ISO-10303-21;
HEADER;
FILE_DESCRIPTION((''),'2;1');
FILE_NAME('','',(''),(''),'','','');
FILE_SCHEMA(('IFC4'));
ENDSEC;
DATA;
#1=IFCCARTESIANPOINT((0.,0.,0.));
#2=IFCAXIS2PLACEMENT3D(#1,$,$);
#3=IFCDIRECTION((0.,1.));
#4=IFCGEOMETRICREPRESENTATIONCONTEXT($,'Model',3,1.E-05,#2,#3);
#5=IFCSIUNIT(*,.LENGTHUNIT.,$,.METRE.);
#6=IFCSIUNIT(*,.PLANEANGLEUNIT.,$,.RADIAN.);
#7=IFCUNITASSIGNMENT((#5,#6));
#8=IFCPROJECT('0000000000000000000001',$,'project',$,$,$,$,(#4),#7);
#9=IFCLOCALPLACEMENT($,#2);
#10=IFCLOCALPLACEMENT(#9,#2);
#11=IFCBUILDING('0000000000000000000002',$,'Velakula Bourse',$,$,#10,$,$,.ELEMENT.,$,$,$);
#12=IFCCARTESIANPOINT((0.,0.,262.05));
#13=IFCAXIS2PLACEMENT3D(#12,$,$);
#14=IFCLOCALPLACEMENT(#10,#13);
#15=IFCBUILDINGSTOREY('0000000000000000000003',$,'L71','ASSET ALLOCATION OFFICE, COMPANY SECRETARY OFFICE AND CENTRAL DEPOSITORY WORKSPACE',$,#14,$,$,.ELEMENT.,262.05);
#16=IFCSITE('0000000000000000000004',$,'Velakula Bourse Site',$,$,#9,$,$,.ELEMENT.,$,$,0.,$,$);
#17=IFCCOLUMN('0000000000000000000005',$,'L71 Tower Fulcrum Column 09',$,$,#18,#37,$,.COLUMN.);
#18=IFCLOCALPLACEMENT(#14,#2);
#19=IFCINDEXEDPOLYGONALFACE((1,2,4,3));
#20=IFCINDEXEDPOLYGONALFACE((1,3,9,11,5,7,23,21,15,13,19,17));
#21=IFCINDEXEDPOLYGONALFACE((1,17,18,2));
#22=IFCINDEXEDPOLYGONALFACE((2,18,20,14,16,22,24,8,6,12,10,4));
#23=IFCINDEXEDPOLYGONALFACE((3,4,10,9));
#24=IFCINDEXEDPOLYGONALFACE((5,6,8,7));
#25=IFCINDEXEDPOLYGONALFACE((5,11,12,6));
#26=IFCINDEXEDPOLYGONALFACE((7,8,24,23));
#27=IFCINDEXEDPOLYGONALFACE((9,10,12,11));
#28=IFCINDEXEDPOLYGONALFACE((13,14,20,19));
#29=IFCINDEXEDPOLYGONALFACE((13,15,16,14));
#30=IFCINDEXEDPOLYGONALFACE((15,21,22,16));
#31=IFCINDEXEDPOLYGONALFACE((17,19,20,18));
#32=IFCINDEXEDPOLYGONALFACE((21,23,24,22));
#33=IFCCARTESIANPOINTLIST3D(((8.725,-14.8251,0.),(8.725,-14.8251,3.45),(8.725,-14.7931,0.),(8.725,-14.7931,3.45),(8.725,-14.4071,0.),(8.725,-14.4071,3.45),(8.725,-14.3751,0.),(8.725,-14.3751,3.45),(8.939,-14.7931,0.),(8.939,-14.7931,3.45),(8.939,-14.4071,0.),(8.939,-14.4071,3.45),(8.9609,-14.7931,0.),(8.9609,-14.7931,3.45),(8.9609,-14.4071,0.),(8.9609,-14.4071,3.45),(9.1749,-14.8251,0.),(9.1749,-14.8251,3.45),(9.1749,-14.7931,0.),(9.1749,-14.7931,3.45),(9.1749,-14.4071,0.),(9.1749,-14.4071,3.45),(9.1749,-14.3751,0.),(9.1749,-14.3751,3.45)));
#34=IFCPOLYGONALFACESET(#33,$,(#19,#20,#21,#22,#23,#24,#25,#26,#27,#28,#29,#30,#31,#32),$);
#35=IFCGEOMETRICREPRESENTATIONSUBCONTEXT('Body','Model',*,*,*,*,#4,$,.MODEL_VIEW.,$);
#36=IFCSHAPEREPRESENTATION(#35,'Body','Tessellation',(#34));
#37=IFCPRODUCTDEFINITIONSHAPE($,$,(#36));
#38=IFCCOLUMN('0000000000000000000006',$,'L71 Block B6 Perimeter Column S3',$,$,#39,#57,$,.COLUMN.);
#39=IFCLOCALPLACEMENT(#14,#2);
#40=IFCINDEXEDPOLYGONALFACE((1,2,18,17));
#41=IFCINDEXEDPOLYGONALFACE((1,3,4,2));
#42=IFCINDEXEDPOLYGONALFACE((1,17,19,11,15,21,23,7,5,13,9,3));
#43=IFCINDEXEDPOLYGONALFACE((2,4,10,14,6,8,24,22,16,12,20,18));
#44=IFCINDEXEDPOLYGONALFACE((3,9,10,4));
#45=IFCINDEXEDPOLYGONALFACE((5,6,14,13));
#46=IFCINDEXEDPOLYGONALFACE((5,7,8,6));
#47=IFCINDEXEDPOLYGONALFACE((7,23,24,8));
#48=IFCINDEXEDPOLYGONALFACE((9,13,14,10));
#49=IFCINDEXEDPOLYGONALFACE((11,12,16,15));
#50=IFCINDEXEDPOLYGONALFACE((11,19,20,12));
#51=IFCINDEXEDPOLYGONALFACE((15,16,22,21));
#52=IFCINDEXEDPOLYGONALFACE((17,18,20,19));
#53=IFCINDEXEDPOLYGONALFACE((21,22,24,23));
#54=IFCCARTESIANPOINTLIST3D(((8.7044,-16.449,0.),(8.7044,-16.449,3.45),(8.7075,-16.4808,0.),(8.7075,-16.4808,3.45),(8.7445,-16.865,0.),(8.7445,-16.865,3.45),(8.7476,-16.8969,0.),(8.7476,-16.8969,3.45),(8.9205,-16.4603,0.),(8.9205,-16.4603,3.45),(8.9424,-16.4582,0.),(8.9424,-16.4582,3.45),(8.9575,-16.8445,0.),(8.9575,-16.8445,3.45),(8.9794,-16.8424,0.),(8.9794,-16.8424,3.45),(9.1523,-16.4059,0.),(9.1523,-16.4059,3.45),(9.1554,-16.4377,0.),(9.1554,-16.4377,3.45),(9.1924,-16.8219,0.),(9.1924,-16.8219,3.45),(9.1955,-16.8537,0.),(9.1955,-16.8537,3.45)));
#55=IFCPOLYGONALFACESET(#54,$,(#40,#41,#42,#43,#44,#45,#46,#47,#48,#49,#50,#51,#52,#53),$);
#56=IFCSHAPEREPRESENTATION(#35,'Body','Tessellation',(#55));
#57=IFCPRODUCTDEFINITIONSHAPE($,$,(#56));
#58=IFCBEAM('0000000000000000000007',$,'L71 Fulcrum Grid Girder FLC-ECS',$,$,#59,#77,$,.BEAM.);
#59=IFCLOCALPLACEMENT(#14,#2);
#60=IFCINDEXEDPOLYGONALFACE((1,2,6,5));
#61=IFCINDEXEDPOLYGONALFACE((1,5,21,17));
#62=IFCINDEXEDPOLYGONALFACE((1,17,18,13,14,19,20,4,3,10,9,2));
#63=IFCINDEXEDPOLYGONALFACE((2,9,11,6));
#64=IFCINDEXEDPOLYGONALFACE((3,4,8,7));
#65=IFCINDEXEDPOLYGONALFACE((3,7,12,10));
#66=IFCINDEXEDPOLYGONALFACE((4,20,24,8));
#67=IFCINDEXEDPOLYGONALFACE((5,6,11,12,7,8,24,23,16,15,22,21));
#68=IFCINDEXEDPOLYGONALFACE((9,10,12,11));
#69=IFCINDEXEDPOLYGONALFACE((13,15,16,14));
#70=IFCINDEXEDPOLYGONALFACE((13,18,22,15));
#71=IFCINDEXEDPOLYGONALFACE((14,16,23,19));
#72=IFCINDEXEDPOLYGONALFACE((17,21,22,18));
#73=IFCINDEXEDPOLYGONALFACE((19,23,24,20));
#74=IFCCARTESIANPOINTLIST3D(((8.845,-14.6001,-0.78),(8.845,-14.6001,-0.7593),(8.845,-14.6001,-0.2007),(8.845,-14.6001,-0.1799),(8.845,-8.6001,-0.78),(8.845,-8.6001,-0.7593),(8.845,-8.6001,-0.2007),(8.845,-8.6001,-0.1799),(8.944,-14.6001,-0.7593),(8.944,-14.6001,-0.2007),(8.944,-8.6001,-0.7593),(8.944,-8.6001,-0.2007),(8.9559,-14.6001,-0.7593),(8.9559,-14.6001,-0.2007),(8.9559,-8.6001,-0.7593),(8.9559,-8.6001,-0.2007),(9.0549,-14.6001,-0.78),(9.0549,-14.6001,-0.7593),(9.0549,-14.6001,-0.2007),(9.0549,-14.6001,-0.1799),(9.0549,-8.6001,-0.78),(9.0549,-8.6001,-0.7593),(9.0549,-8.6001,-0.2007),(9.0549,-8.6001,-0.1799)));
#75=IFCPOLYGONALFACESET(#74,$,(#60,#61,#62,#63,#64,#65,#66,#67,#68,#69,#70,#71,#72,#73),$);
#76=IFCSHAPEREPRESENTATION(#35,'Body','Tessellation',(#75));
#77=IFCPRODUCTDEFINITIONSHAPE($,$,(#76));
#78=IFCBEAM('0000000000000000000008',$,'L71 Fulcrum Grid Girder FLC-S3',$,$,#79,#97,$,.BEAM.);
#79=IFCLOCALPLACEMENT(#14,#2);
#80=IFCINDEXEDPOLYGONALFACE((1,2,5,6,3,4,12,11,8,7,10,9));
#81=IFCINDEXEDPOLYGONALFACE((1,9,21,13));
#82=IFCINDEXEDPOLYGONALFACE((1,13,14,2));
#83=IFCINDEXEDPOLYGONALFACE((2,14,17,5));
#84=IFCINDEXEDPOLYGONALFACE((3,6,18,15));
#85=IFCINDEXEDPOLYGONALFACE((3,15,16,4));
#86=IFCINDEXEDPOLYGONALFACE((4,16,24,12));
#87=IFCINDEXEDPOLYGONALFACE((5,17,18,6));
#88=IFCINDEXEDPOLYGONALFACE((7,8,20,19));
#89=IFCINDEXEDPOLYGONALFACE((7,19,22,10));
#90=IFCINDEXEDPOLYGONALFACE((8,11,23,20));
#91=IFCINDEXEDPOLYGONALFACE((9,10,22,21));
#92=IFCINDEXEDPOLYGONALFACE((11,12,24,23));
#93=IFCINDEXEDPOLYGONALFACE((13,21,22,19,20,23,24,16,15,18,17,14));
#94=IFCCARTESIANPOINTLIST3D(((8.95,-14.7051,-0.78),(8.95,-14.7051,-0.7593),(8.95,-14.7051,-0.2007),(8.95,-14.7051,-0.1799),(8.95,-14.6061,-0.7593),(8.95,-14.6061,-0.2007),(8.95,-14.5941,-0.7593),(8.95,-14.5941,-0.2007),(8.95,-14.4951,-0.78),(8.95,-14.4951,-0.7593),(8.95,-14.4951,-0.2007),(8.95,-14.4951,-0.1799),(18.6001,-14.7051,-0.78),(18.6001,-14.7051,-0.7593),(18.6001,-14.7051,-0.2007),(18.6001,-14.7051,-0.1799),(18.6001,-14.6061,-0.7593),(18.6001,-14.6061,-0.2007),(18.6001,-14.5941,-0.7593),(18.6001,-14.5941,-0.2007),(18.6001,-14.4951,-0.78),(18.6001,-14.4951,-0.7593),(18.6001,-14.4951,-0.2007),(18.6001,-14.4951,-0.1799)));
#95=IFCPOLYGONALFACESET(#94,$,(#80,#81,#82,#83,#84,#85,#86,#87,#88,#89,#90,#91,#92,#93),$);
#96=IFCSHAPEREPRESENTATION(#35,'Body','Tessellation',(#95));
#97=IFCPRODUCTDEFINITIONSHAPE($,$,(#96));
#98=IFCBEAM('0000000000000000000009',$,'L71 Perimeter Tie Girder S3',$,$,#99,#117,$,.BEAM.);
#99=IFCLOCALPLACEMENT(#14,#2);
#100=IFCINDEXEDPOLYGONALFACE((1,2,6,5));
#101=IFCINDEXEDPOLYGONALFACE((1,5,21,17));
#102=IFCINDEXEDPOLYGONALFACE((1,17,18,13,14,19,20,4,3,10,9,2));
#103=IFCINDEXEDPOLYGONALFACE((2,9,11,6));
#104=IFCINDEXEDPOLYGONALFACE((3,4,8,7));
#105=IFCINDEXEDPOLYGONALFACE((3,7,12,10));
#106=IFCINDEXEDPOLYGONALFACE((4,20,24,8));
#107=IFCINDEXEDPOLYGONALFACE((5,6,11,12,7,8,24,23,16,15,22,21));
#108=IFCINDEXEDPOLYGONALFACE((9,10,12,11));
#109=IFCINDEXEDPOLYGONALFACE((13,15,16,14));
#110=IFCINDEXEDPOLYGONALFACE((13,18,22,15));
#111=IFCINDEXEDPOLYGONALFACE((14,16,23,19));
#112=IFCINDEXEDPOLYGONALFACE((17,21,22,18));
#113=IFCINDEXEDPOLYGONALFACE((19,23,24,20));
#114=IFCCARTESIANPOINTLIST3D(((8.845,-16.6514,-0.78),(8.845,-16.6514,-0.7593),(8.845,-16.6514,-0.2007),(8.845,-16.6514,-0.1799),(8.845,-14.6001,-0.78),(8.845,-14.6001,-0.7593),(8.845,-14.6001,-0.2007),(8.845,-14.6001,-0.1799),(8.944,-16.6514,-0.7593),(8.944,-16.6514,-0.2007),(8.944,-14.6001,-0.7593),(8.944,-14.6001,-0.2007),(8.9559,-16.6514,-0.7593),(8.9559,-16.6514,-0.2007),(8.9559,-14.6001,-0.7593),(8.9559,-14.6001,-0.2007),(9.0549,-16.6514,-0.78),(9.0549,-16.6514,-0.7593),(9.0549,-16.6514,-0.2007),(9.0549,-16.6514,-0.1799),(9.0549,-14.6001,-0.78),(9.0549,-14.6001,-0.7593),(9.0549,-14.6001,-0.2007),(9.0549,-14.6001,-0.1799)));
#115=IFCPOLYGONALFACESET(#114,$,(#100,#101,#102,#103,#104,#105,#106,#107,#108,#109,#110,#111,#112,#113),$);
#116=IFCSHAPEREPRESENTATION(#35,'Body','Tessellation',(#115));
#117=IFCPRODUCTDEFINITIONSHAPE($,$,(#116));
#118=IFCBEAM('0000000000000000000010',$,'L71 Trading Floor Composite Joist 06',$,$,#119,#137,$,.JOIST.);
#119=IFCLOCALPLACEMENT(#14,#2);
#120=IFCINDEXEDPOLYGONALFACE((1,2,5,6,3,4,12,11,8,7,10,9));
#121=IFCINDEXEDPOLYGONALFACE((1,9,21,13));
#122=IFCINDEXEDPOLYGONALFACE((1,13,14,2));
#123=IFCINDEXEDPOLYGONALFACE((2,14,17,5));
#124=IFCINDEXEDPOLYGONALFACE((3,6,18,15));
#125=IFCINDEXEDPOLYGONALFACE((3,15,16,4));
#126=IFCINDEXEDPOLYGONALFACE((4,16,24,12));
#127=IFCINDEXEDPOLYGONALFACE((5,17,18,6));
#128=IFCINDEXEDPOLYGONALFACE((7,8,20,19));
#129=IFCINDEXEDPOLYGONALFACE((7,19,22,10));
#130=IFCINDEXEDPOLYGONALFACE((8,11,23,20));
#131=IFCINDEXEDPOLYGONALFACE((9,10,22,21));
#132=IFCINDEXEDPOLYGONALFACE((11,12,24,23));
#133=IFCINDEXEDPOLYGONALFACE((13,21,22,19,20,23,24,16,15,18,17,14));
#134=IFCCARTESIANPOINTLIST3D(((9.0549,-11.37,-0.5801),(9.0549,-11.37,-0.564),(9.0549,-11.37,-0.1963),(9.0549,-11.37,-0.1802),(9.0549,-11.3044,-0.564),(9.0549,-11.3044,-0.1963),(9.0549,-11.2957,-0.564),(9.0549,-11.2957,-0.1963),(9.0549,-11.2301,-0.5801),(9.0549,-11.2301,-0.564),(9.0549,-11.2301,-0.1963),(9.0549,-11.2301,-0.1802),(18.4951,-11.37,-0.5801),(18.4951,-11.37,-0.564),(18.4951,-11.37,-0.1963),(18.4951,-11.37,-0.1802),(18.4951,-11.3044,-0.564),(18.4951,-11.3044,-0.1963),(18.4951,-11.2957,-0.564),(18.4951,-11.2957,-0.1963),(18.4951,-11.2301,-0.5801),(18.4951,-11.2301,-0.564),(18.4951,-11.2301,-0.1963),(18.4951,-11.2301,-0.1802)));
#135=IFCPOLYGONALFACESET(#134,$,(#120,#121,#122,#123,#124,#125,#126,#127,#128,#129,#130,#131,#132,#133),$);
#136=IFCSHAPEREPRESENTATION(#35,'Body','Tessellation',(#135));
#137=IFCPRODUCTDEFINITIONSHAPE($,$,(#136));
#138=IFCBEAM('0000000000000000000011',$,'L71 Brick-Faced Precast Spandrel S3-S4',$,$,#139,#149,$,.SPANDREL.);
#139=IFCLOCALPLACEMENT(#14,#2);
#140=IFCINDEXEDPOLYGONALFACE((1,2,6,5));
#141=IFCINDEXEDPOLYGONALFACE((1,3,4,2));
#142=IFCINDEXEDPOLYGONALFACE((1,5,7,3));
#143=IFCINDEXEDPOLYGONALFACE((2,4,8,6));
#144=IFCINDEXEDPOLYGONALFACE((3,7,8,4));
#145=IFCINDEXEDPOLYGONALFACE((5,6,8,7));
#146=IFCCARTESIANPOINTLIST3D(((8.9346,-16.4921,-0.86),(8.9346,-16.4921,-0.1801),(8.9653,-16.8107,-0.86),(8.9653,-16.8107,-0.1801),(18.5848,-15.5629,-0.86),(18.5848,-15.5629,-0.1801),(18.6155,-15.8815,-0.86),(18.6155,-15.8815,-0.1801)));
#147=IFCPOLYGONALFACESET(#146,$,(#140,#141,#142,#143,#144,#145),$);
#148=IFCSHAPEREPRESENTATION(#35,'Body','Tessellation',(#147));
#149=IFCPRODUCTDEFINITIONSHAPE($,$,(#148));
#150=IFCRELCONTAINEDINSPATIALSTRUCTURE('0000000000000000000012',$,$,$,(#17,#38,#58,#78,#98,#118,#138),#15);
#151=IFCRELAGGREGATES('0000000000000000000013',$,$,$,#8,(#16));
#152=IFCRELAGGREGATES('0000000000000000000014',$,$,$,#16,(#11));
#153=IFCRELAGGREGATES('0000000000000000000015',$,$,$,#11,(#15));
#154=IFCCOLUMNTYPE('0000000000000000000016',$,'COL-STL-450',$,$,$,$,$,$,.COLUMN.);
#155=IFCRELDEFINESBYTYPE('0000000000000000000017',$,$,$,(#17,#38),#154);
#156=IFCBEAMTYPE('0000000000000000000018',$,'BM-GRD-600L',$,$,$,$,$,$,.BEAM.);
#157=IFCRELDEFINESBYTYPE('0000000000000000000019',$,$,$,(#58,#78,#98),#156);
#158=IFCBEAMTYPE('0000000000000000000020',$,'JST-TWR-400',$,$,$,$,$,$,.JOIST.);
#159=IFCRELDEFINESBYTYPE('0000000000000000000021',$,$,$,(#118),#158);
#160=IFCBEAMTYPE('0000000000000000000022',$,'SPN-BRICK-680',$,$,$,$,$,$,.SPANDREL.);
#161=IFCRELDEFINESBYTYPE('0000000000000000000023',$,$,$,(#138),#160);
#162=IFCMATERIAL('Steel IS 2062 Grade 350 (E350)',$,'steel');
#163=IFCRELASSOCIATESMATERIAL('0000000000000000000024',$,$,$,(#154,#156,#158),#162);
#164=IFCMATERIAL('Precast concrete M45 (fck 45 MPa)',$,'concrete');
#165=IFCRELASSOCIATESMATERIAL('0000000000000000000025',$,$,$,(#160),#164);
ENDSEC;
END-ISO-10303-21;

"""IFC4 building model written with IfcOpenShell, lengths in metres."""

from ifc_helpers import new_model, si_unit, direction, frame, origin, origin_2d, place, context, subcontext, project, spatial, rectangle, i_section, extrude, material, material_profile, profile_set, type_object, element, save


model = new_model("IFC4")

# Units and contexts
model_context = context("Model", 3, precision=1e-05, world=origin(), true_north=direction((0.0, 1.0)))
body_context = subcontext(model_context, "Body", "Model", "MODEL_VIEW")
ifc_project = project(units=[si_unit("LENGTHUNIT", "METRE"), si_unit("PLANEANGLEUNIT", "RADIAN")], contexts=[model_context])

# Site, building, storey
site_placement = place(None, origin())
site = spatial("IfcSite", under=ifc_project, at=site_placement, Name="Velakula Bourse Site", CompositionType="ELEMENT", RefElevation=0.0)
building_placement = place(site_placement, origin())
building = spatial("IfcBuilding", under=site, at=building_placement, Name="Velakula Bourse", CompositionType="ELEMENT")
storey_placement = place(building_placement, frame((0.0, 0.0, 262.05)))
storey = spatial("IfcBuildingStorey", under=building, at=storey_placement, Name="L71", Description="ASSET ALLOCATION OFFICE, COMPANY SECRETARY OFFICE AND CENTRAL DEPOSITORY WORKSPACE", CompositionType="ELEMENT", Elevation=262.05)

# Columns
ifc_material_1 = material(Name="Steel IS 2062 Grade 350 (E350)", Category="steel")
ifc_material_profile_1 = material_profile(ifc_material_1, i_section(OverallWidth=0.45, OverallDepth=0.45, WebThickness=0.022, FlangeThickness=0.032, at=origin_2d()), Name="Steel IS 2062 Grade 350 (E350)")
ifc_profile_set_1 = profile_set([ifc_material_profile_1], Name="Steel IS 2062 Grade 350 (E350)")
column_type = type_object("IfcColumnType", Name="COL-STL-450", PredefinedType="COLUMN", material=ifc_profile_set_1)
for number, where, z_axis, x_axis, name in (
    (1, (8.95, -14.6001, 0.0), (0.0, 0.0, 1.0), (1.0, 0.0, 0.0), "L71 Tower Fulcrum Column 09"),
    (2, (8.95, -16.6514, 0.0), (0.0, 0.0, 1.0), (0.995396, 0.095846, 0.0), "L71 Block B6 Perimeter Column S3"),
):
    element("IfcColumn", number, at=place(storey_placement, frame(where, z_axis=z_axis, x_axis=x_axis)), inside=storey, type_object=column_type, Name=name, PredefinedType="COLUMN", context=body_context, shape_type="SweptSolid", body=[
        extrude(i_section(OverallWidth=0.45, OverallDepth=0.45, WebThickness=0.022, FlangeThickness=0.032, at=origin_2d()), origin(), (0.0, 0.0, 1.0), 3.45),
    ])

# Beams
ifc_material_profile_2 = material_profile(ifc_material_1, i_section(OverallWidth=0.21, OverallDepth=0.6001, WebThickness=0.012, FlangeThickness=0.0208, at=origin_2d()), Name="Steel IS 2062 Grade 350 (E350)")
ifc_profile_set_2 = profile_set([ifc_material_profile_2], Name="Steel IS 2062 Grade 350 (E350)")
beam_type_1 = type_object("IfcBeamType", Name="BM-GRD-600L", PredefinedType="BEAM", material=ifc_profile_set_2)
beam_1_placement = place(storey_placement, frame((8.95, -14.6001, -0.48), z_axis=(0.0, 1.0, 0.0), x_axis=(-1.0, 0.0, 0.0)))
element("IfcBeam", 3, at=beam_1_placement, inside=storey, type_object=beam_type_1, Name="L71 Fulcrum Grid Girder FLC-ECS", PredefinedType="BEAM", context=body_context, shape_type="SweptSolid", body=[
    extrude(i_section(OverallWidth=0.21, OverallDepth=0.6001, WebThickness=0.012, FlangeThickness=0.0208, at=origin_2d()), origin(), (0.0, 0.0, 1.0), 6.0),
])
beam_2_placement = place(storey_placement, frame((8.95, -14.6001, -0.48), z_axis=(1.0, 0.0, 0.0), x_axis=(0.0, 1.0, 0.0)))
element("IfcBeam", 4, at=beam_2_placement, inside=storey, type_object=beam_type_1, Name="L71 Fulcrum Grid Girder FLC-S3", PredefinedType="BEAM", context=body_context, shape_type="SweptSolid", body=[
    extrude(i_section(OverallWidth=0.21, OverallDepth=0.6001, WebThickness=0.012, FlangeThickness=0.0208, at=origin_2d()), origin(), (0.0, 0.0, 1.0), 9.6501),
])
beam_3_placement = place(storey_placement, frame((8.95, -14.6001, -0.48), z_axis=(0.0, -1.0, 0.0), x_axis=(1.0, 0.0, 0.0)))
element("IfcBeam", 5, at=beam_3_placement, inside=storey, type_object=beam_type_1, Name="L71 Perimeter Tie Girder S3", PredefinedType="BEAM", context=body_context, shape_type="SweptSolid", body=[
    extrude(i_section(OverallWidth=0.21, OverallDepth=0.6001, WebThickness=0.012, FlangeThickness=0.0208, at=origin_2d()), origin(), (0.0, 0.0, 1.0), 2.0513),
])
ifc_material_profile_3 = material_profile(ifc_material_1, i_section(OverallWidth=0.1399, OverallDepth=0.3999, WebThickness=0.0088, FlangeThickness=0.0161, at=origin_2d()), Name="Steel IS 2062 Grade 350 (E350)")
ifc_profile_set_3 = profile_set([ifc_material_profile_3], Name="Steel IS 2062 Grade 350 (E350)")
beam_type_2 = type_object("IfcBeamType", Name="JST-TWR-400", PredefinedType="JOIST", material=ifc_profile_set_3)
beam_4_placement = place(storey_placement, frame((9.0549, -11.3, -0.3801), z_axis=(1.0, 0.0, 0.0), x_axis=(0.0, 1.0, 0.0)))
element("IfcBeam", 6, at=beam_4_placement, inside=storey, type_object=beam_type_2, Name="L71 Trading Floor Composite Joist 06", PredefinedType="JOIST", context=body_context, shape_type="SweptSolid", body=[
    extrude(i_section(OverallWidth=0.1399, OverallDepth=0.3999, WebThickness=0.0088, FlangeThickness=0.0161, at=origin_2d()), origin(), (0.0, 0.0, 1.0), 9.4402),
])
ifc_material_2 = material(Name="Precast concrete M45 (fck 45 MPa)", Category="concrete")
ifc_material_profile_4 = material_profile(ifc_material_2, rectangle(XDim=0.3201, YDim=0.6799, at=origin_2d()), Name="Precast concrete M45 (fck 45 MPa)")
ifc_profile_set_4 = profile_set([ifc_material_profile_4], Name="Precast concrete M45 (fck 45 MPa)")
beam_type_3 = type_object("IfcBeamType", Name="SPN-BRICK-680", PredefinedType="SPANDREL", material=ifc_profile_set_4)
beam_5_placement = place(storey_placement, frame((8.95, -16.6514, -0.52), z_axis=(0.995396, 0.095845, 0.0), x_axis=(-0.095845, 0.995396, 0.0)))
element("IfcBeam", 7, at=beam_5_placement, inside=storey, type_object=beam_type_3, Name="L71 Brick-Faced Precast Spandrel S3-S4", PredefinedType="SPANDREL", context=body_context, shape_type="SweptSolid", body=[
    extrude(rectangle(XDim=0.3201, YDim=0.6799, at=origin_2d()), origin(), (0.0, 0.0, 1.0), 9.6948),
])

save(model, "model.ifc")
